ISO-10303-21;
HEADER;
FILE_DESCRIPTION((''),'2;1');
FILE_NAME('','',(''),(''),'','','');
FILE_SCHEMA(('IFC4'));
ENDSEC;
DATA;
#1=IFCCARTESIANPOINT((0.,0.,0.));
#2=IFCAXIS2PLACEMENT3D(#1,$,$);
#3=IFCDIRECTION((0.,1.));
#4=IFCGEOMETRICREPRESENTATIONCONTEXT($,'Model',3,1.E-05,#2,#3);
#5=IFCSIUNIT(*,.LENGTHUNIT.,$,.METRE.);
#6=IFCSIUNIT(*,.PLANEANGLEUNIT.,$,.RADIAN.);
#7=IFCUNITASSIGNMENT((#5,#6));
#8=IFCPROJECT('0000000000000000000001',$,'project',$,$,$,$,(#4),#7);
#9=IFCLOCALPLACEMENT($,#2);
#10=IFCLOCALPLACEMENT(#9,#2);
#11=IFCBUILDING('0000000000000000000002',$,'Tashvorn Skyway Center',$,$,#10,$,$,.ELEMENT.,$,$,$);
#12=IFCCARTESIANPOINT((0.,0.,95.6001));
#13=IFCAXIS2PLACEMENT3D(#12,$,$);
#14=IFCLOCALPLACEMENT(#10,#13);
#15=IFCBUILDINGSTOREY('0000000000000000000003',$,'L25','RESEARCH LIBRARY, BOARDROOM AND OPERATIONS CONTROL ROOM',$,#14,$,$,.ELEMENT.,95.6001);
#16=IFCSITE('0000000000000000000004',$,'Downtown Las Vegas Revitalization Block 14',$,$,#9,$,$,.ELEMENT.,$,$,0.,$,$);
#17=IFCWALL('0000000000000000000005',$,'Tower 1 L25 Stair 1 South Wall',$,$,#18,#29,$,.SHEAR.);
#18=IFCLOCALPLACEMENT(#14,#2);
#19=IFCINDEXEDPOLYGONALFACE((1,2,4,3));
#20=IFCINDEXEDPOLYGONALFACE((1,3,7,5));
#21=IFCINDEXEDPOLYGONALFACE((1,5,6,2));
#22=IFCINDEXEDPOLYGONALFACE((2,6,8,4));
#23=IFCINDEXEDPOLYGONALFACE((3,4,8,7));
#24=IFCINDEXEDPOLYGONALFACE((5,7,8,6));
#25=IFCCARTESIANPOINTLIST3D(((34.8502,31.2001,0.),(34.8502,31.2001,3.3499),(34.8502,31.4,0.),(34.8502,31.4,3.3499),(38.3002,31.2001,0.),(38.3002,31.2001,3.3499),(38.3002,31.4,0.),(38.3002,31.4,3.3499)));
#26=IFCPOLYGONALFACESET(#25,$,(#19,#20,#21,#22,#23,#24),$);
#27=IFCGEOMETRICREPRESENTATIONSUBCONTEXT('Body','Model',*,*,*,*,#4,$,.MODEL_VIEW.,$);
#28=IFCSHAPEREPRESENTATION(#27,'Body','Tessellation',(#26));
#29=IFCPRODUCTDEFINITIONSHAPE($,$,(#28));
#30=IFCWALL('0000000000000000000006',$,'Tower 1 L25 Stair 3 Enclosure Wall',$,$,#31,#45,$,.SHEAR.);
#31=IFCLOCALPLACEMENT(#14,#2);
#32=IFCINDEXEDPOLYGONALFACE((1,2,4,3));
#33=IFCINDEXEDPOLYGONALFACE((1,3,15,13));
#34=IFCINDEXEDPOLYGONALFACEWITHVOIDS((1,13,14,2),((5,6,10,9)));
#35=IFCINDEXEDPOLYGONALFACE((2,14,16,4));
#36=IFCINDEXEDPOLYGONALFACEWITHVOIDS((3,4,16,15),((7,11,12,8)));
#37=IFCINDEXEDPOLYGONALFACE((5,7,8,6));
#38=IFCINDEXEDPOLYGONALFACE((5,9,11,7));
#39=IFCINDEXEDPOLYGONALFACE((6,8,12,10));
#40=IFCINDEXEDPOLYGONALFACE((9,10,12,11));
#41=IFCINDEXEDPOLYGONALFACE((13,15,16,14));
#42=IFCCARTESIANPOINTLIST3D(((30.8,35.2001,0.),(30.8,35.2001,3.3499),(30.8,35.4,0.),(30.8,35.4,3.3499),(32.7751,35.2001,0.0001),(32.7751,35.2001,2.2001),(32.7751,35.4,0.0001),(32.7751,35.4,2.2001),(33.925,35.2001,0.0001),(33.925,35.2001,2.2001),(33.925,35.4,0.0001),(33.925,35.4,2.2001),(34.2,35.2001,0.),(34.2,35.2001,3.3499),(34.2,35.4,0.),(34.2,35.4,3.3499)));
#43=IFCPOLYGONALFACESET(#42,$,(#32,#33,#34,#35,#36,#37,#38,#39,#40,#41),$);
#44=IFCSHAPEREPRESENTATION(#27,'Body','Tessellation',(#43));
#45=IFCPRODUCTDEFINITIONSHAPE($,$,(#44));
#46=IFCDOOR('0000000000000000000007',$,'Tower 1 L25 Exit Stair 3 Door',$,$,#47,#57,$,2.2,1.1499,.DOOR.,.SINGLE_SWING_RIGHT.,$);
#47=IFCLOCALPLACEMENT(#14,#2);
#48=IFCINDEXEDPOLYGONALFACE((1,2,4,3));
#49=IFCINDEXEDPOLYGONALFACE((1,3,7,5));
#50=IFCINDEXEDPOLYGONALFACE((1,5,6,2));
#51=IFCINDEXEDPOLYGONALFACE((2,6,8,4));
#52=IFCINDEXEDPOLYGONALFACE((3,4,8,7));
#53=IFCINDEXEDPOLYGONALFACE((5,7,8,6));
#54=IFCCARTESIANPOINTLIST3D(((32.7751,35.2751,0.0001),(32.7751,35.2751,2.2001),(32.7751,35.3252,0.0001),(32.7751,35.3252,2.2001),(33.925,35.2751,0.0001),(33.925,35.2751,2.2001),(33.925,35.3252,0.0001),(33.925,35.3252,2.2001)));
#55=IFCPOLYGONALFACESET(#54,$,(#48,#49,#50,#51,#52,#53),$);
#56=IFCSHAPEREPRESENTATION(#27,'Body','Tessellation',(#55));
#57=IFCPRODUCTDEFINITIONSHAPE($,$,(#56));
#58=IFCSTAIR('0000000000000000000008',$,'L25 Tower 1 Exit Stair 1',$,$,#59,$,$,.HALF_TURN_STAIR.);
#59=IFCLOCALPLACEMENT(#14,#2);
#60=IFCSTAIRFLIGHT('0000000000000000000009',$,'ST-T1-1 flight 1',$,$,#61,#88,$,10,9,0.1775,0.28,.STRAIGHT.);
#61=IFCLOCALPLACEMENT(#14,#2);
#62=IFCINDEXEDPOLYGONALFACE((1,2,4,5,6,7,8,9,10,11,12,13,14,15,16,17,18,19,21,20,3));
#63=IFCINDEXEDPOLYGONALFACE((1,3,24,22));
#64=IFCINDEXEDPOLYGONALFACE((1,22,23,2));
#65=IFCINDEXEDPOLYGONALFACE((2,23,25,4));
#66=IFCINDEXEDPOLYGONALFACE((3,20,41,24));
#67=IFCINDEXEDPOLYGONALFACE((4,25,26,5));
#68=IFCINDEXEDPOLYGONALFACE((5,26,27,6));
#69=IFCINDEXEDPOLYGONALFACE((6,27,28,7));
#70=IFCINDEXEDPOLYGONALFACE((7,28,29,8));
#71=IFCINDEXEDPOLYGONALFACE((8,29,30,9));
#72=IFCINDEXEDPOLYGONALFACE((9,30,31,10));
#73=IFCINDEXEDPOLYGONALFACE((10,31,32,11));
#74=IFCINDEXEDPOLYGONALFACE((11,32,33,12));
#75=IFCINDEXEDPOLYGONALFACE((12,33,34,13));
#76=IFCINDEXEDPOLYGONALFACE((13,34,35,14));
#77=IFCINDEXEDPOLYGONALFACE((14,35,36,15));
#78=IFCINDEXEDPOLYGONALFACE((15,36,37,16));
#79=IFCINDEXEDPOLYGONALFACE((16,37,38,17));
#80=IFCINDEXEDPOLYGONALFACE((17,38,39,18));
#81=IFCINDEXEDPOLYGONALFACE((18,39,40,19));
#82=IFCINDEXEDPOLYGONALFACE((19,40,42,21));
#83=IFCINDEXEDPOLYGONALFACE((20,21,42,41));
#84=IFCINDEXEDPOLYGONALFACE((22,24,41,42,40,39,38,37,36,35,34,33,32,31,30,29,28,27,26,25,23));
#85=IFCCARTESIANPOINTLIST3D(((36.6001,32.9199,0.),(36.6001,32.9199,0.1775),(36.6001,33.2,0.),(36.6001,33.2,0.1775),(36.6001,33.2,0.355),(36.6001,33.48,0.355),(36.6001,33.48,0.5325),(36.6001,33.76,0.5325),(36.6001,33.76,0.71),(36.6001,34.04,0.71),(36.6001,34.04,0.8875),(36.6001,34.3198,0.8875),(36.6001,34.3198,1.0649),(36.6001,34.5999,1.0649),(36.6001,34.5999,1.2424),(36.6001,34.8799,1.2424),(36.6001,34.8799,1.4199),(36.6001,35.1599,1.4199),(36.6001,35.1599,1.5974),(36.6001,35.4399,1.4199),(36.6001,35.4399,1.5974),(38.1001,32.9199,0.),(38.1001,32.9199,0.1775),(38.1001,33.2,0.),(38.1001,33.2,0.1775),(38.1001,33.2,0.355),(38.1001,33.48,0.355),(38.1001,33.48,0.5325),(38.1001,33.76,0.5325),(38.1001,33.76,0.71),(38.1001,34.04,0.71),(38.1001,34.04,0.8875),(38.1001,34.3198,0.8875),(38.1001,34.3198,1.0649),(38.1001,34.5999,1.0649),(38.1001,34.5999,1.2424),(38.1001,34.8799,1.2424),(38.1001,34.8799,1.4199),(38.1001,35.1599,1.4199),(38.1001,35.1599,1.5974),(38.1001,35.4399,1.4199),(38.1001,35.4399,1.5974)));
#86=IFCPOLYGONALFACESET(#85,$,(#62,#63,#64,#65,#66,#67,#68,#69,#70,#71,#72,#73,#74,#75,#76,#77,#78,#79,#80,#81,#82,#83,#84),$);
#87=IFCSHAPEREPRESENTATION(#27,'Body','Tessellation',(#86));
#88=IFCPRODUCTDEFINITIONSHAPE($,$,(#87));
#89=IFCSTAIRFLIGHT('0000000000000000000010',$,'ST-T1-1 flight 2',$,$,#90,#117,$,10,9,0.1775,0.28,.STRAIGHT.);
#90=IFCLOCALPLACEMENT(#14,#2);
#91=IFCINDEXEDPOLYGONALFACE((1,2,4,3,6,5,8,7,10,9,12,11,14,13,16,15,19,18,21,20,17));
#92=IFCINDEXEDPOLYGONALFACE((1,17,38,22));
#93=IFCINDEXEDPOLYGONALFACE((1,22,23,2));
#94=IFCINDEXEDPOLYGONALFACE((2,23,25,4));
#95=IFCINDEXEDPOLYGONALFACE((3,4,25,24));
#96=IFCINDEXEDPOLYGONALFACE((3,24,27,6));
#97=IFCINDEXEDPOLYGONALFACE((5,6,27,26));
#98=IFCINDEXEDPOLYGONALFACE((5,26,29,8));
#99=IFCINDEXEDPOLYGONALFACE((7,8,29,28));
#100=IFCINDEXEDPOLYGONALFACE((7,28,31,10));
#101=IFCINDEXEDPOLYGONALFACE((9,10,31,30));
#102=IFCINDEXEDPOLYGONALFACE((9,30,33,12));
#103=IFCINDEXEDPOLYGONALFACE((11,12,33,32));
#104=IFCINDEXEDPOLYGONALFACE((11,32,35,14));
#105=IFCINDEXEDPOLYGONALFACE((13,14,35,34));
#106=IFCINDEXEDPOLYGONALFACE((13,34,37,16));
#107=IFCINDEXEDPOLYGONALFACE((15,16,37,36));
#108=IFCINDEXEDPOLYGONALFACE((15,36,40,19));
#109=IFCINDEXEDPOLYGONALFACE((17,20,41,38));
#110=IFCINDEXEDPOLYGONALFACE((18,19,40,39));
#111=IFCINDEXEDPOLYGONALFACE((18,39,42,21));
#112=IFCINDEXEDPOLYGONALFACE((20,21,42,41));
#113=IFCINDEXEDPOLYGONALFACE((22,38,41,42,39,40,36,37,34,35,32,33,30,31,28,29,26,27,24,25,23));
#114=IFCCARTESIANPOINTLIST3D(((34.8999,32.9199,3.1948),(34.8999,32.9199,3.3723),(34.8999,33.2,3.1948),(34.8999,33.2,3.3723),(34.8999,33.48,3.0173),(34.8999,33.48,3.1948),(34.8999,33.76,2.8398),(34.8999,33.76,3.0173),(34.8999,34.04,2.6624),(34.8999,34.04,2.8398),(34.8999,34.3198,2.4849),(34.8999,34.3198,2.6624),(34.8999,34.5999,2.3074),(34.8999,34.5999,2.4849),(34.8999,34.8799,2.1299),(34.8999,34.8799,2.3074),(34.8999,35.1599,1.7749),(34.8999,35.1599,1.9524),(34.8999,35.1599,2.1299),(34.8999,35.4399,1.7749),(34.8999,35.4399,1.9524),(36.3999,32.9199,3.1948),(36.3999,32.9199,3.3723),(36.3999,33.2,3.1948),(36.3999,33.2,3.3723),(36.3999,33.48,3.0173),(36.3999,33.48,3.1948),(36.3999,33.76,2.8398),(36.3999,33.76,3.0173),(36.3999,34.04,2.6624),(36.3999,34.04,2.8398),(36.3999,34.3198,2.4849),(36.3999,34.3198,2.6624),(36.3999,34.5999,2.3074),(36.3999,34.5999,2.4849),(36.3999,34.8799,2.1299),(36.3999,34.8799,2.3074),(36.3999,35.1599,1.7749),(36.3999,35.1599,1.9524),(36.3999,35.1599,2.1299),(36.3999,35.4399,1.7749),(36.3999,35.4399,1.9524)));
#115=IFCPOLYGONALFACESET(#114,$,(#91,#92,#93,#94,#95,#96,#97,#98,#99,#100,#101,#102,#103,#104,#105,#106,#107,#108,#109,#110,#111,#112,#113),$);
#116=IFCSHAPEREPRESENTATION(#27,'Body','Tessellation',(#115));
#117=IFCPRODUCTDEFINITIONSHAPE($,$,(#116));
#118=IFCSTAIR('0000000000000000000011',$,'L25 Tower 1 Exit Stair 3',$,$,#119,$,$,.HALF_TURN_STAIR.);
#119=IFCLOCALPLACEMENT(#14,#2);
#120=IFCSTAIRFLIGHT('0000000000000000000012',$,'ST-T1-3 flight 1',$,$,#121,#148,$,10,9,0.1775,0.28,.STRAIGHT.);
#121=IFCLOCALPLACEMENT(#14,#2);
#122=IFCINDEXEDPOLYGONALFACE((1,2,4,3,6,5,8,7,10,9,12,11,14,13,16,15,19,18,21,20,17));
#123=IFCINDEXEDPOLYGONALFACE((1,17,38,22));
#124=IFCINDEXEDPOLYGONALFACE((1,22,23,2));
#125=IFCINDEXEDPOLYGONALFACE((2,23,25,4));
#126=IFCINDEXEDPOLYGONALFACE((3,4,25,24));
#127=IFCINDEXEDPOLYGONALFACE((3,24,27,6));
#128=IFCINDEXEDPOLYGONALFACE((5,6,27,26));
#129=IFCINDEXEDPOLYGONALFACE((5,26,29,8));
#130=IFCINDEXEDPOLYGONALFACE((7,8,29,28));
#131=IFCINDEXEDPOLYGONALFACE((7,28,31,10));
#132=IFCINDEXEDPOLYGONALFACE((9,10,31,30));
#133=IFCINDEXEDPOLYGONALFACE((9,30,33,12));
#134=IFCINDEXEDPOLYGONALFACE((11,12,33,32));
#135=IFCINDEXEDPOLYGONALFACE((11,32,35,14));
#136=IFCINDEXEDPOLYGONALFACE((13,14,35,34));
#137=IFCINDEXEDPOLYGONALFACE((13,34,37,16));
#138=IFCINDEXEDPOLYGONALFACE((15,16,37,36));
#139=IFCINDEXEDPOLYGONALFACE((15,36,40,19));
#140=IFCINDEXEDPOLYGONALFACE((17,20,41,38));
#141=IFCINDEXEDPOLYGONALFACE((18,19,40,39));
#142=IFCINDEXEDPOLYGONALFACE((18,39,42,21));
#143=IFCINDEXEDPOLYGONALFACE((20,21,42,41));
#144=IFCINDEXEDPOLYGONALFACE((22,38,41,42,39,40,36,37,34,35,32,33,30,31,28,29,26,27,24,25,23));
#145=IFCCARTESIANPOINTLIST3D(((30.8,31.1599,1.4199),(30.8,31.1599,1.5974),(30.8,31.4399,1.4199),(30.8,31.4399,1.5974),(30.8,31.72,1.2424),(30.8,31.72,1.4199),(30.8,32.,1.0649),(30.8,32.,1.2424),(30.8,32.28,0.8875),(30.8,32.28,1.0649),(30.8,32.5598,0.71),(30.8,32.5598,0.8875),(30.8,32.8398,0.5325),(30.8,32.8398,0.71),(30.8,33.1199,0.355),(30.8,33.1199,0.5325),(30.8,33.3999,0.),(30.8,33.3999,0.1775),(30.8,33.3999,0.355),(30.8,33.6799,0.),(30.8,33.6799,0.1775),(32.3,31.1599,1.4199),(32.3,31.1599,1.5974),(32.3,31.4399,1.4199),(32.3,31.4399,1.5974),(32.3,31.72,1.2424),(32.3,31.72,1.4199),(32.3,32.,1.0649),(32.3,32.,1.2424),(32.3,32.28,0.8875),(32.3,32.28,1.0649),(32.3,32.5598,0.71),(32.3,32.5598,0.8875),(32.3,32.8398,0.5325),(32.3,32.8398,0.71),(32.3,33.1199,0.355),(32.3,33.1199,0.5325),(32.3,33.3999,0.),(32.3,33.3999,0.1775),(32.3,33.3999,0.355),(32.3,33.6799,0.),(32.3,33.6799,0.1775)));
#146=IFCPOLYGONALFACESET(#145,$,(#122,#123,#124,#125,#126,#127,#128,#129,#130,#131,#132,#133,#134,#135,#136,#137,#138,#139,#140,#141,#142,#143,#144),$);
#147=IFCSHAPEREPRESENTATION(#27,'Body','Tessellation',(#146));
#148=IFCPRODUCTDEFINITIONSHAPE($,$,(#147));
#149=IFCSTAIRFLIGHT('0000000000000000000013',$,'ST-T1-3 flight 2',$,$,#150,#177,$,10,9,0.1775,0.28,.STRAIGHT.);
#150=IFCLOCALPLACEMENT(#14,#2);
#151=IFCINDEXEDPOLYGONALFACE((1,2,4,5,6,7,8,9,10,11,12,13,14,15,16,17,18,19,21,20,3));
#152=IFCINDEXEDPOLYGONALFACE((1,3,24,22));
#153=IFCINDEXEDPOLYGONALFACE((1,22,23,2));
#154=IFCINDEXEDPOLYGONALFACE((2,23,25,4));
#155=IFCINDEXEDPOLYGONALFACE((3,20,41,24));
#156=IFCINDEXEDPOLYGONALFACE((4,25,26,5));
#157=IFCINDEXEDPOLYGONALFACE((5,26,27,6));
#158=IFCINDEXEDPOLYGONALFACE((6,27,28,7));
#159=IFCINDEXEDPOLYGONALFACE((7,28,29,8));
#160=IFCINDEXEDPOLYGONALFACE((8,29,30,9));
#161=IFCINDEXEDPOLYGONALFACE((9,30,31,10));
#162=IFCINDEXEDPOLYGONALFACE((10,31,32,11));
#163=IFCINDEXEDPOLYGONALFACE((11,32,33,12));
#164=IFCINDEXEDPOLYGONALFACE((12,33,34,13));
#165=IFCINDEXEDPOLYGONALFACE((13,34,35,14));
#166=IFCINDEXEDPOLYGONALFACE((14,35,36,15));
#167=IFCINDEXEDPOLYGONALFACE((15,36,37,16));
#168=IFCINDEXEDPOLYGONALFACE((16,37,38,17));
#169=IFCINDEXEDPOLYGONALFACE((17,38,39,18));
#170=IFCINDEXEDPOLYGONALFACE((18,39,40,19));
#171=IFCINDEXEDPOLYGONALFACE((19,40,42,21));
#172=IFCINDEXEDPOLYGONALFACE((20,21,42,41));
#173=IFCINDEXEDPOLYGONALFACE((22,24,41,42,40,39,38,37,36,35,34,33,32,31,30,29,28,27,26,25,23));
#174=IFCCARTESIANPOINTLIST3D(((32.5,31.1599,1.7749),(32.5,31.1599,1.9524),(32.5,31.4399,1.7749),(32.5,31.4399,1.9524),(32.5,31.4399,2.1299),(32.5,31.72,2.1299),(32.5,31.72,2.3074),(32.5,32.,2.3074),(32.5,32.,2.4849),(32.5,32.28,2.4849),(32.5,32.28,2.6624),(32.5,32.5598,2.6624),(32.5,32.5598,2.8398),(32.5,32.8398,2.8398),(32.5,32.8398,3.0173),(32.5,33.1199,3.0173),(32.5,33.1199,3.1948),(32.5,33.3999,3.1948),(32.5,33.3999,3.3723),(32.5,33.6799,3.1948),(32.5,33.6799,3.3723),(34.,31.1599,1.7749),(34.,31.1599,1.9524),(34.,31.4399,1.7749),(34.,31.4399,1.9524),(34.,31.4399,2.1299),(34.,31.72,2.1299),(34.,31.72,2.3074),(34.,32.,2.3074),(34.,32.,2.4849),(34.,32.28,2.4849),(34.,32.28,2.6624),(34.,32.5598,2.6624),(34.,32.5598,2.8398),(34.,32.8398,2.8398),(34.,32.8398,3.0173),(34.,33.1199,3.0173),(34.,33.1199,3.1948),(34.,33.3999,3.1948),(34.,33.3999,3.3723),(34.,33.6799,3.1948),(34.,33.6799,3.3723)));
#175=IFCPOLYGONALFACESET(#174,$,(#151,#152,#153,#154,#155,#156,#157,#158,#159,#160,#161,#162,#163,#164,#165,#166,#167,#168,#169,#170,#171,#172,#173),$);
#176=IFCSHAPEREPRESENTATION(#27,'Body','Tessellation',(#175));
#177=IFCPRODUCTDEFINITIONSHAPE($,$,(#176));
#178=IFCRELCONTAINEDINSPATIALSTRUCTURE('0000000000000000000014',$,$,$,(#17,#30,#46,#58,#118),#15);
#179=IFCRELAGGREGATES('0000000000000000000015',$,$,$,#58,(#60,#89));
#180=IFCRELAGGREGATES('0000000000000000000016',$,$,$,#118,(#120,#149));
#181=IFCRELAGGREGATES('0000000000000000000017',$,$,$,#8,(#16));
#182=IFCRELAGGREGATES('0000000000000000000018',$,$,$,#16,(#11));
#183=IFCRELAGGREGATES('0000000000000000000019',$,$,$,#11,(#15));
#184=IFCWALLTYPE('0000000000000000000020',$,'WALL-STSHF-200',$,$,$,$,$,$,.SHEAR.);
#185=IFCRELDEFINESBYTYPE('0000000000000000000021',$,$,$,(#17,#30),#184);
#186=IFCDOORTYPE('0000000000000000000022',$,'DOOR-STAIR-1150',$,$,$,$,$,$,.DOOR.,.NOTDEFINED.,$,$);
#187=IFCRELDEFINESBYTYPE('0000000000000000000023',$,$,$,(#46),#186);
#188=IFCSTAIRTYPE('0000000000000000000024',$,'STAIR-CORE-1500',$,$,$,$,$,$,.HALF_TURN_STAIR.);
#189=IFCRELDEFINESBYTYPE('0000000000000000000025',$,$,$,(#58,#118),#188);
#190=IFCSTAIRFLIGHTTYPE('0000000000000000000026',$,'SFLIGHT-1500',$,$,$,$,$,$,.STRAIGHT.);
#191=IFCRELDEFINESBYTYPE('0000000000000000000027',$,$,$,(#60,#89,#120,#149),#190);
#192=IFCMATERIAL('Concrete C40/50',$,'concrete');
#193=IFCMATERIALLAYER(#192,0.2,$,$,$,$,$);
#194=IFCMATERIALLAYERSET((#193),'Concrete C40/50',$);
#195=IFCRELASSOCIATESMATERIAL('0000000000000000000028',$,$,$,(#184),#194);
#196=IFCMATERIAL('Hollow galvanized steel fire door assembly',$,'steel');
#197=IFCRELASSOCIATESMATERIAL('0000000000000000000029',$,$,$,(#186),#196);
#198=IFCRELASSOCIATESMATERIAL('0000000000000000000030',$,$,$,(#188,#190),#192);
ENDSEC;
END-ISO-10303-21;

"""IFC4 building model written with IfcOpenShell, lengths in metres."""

from ifc_helpers import new_model, si_unit, direction, frame, frame_2d, origin, place, context, subcontext, project, spatial, polyline, rectangle, outline, extrude, material, layer, layer_set, type_object, element, fill, aggregate, save


model = new_model("IFC4")

# Units and contexts
model_context = context("Model", 3, precision=1e-05, world=origin(), true_north=direction((0.0, 1.0)))
body_context = subcontext(model_context, "Body", "Model", "MODEL_VIEW")
ifc_project = project(units=[si_unit("LENGTHUNIT", "METRE"), si_unit("PLANEANGLEUNIT", "RADIAN")], contexts=[model_context])

# Site, building, storey
site_placement = place(None, origin())
site = spatial("IfcSite", under=ifc_project, at=site_placement, Name="Downtown Las Vegas Revitalization Block 14", CompositionType="ELEMENT", RefElevation=0.0)
building_placement = place(site_placement, origin())
building = spatial("IfcBuilding", under=site, at=building_placement, Name="Tashvorn Skyway Center", CompositionType="ELEMENT")
storey_placement = place(building_placement, frame((0.0, 0.0, 95.6001)))
storey = spatial("IfcBuildingStorey", under=building, at=storey_placement, Name="L25", Description="RESEARCH LIBRARY, BOARDROOM AND OPERATIONS CONTROL ROOM", CompositionType="ELEMENT", Elevation=95.6001)

# Wall
ifc_material_1 = material(Name="Concrete C40/50", Category="concrete")
ifc_layer_1 = layer(ifc_material_1, 0.2)
ifc_layer_set_1 = layer_set([ifc_layer_1], Name="Concrete C40/50")
wall_type_1 = type_object("IfcWallType", Name="WALL-STSHF-200", PredefinedType="SHEAR", material=ifc_layer_set_1)
wall_1_placement = place(storey_placement, frame((34.8501, 31.3, 0.0), z_axis=(0.0, 0.0, 1.0), x_axis=(1.0, 0.0, 0.0)))
element("IfcWall", 1, at=wall_1_placement, inside=storey, type_object=wall_type_1, Name="Tower 1 L25 Stair 1 South Wall", PredefinedType="SHEAR", context=body_context, shape_type="SweptSolid", body=[
    extrude(rectangle(XDim=3.45, YDim=0.2, at=frame_2d((1.7251, 0.0))), origin(), (0.0, 0.0, 1.0), 3.3499),
])

# Wall, opening, door
wall_2_placement = place(storey_placement, frame((34.2, 35.3, 0.0), z_axis=(0.0, 0.0, 1.0), x_axis=(-1.0, 0.0, 0.0)))
wall_2 = element("IfcWall", 2, at=wall_2_placement, inside=storey, type_object=wall_type_1, Name="Tower 1 L25 Stair 3 Enclosure Wall", PredefinedType="SHEAR", context=body_context, shape_type="SweptSolid", body=[
    extrude(rectangle(XDim=3.3999, YDim=0.2, at=frame_2d((1.7, 0.0))), origin(), (0.0, 0.0, 1.0), 3.3499),
])
opening_placement = place(wall_2_placement, frame((0.2749, 0.0, 0.0)))
opening = element("IfcOpeningElement", 3, at=opening_placement, cuts=wall_2, PredefinedType="OPENING", context=body_context, shape_type="SweptSolid", body=[
    extrude(rectangle(XDim=1.1499, YDim=2.2, at=frame_2d((0.575, 1.1001))), frame((0.0, 0.1099, 0.0), z_axis=(0.0, -1.0, 0.0), x_axis=(1.0, 0.0, 0.0)), (0.0, 0.0, 1.0), 0.22),
])
ifc_material_2 = material(Name="Hollow galvanized steel fire door assembly", Category="steel")
door_type = type_object("IfcDoorType", Name="DOOR-STAIR-1150", OperationType="NOTDEFINED", PredefinedType="DOOR", material=ifc_material_2)
door_placement = place(opening_placement, origin())
door = element("IfcDoor", 4, at=door_placement, inside=storey, type_object=door_type, Name="Tower 1 L25 Exit Stair 3 Door", OperationType="SINGLE_SWING_RIGHT", OverallHeight=2.2, OverallWidth=1.1499, PredefinedType="DOOR", context=body_context, shape_type="SweptSolid", body=[
    extrude(rectangle(XDim=1.1499, YDim=2.2, at=frame_2d((0.575, 1.1001))), frame((0.0, 0.0249, 0.0), z_axis=(0.0, -1.0, 0.0), x_axis=(1.0, 0.0, 0.0)), (0.0, 0.0, 1.0), 0.05),
])
fill(opening, door)

# Stairs, stair flights
stair_type = type_object("IfcStairType", Name="STAIR-CORE-1500", PredefinedType="HALF_TURN_STAIR", material=ifc_material_1)
stair_1_placement = place(storey_placement, origin())
stair_1 = element("IfcStair", 5, at=stair_1_placement, inside=storey, type_object=stair_type, Name="L25 Tower 1 Exit Stair 1", PredefinedType="HALF_TURN_STAIR")
stair_flight_type = type_object("IfcStairFlightType", Name="SFLIGHT-1500", PredefinedType="STRAIGHT", material=ifc_material_1)
stair_flight_1_placement = place(storey_placement, frame((37.3501, 32.9199, 0.0), z_axis=(0.0, 0.0, 1.0), x_axis=(0.0, 1.0, 0.0)))
stair_flight_1 = element("IfcStairFlight", 6, at=stair_flight_1_placement, type_object=stair_flight_type, Name="ST-T1-1 flight 1", NumberOfRisers=10, NumberOfTreads=9, PredefinedType="STRAIGHT", RiserHeight=0.1775, TreadLength=0.28, context=body_context, shape_type="SweptSolid", body=[
    extrude(outline(polyline([(0.0, 0.0), (0.0, 0.1775), (0.28, 0.1775), (0.28, 0.355), (0.5601, 0.355), (0.5601, 0.5325), (0.8401, 0.5325), (0.8401, 0.71), (1.1201, 0.71), (1.1201, 0.8875), (1.3999, 0.8875), (1.3999, 1.0649), (1.6799, 1.0649), (1.6799, 1.2424), (1.96, 1.2424), (1.96, 1.4199), (2.24, 1.4199), (2.24, 1.5974), (2.52, 1.5974), (2.52, 1.7749), (2.52, 1.4199), (0.28, 0.0), (0.0, 0.0)])), frame((0.0, 0.75, 0.0), z_axis=(0.0, -1.0, 0.0), x_axis=(1.0, 0.0, 0.0)), (0.0, 0.0, 1.0), 1.5),
])
stair_flight_2_placement = place(storey_placement, frame((35.6499, 35.4399, 1.7749), z_axis=(0.0, 0.0, 1.0), x_axis=(0.0, -1.0, 0.0)))
stair_flight_2 = element("IfcStairFlight", 7, at=stair_flight_2_placement, type_object=stair_flight_type, Name="ST-T1-1 flight 2", NumberOfRisers=10, NumberOfTreads=9, PredefinedType="STRAIGHT", RiserHeight=0.1775, TreadLength=0.28, context=body_context, shape_type="SweptSolid", body=[
    extrude(outline(polyline([(0.0, 0.0), (0.0, 0.1775), (0.28, 0.1775), (0.28, 0.355), (0.5601, 0.355), (0.5601, 0.5325), (0.8401, 0.5325), (0.8401, 0.71), (1.1201, 0.71), (1.1201, 0.8875), (1.3999, 0.8875), (1.3999, 1.0649), (1.6799, 1.0649), (1.6799, 1.2424), (1.96, 1.2424), (1.96, 1.4199), (2.24, 1.4199), (2.24, 1.5974), (2.52, 1.5974), (2.52, 1.7749), (2.52, 1.4199), (0.28, 0.0), (0.0, 0.0)])), frame((0.0, 0.75, 0.0), z_axis=(0.0, -1.0, 0.0), x_axis=(1.0, 0.0, 0.0)), (0.0, 0.0, 1.0), 1.5),
])
aggregate(stair_1, [stair_flight_1, stair_flight_2])
stair_2_placement = place(storey_placement, origin())
stair_2 = element("IfcStair", 8, at=stair_2_placement, inside=storey, type_object=stair_type, Name="L25 Tower 1 Exit Stair 3", PredefinedType="HALF_TURN_STAIR")
stair_flight_3_placement = place(storey_placement, frame((31.55, 33.6799, 0.0), z_axis=(0.0, 0.0, 1.0), x_axis=(0.0, -1.0, 0.0)))
stair_flight_3 = element("IfcStairFlight", 9, at=stair_flight_3_placement, type_object=stair_flight_type, Name="ST-T1-3 flight 1", NumberOfRisers=10, NumberOfTreads=9, PredefinedType="STRAIGHT", RiserHeight=0.1775, TreadLength=0.28, context=body_context, shape_type="SweptSolid", body=[
    extrude(outline(polyline([(0.0, 0.0), (0.0, 0.1775), (0.28, 0.1775), (0.28, 0.355), (0.5601, 0.355), (0.5601, 0.5325), (0.8401, 0.5325), (0.8401, 0.71), (1.1201, 0.71), (1.1201, 0.8875), (1.3999, 0.8875), (1.3999, 1.0649), (1.6799, 1.0649), (1.6799, 1.2424), (1.96, 1.2424), (1.96, 1.4199), (2.24, 1.4199), (2.24, 1.5974), (2.52, 1.5974), (2.52, 1.7749), (2.52, 1.4199), (0.28, 0.0), (0.0, 0.0)])), frame((0.0, 0.75, 0.0), z_axis=(0.0, -1.0, 0.0), x_axis=(1.0, 0.0, 0.0)), (0.0, 0.0, 1.0), 1.5),
])
stair_flight_4_placement = place(storey_placement, frame((33.25, 31.1599, 1.7749), z_axis=(0.0, 0.0, 1.0), x_axis=(0.0, 1.0, 0.0)))
stair_flight_4 = element("IfcStairFlight", 10, at=stair_flight_4_placement, type_object=stair_flight_type, Name="ST-T1-3 flight 2", NumberOfRisers=10, NumberOfTreads=9, PredefinedType="STRAIGHT", RiserHeight=0.1775, TreadLength=0.28, context=body_context, shape_type="SweptSolid", body=[
    extrude(outline(polyline([(0.0, 0.0), (0.0, 0.1775), (0.28, 0.1775), (0.28, 0.355), (0.5601, 0.355), (0.5601, 0.5325), (0.8401, 0.5325), (0.8401, 0.71), (1.1201, 0.71), (1.1201, 0.8875), (1.3999, 0.8875), (1.3999, 1.0649), (1.6799, 1.0649), (1.6799, 1.2424), (1.96, 1.2424), (1.96, 1.4199), (2.24, 1.4199), (2.24, 1.5974), (2.52, 1.5974), (2.52, 1.7749), (2.52, 1.4199), (0.28, 0.0), (0.0, 0.0)])), frame((0.0, 0.75, 0.0), z_axis=(0.0, -1.0, 0.0), x_axis=(1.0, 0.0, 0.0)), (0.0, 0.0, 1.0), 1.5),
])
aggregate(stair_2, [stair_flight_3, stair_flight_4])

save(model, "model.ifc")
